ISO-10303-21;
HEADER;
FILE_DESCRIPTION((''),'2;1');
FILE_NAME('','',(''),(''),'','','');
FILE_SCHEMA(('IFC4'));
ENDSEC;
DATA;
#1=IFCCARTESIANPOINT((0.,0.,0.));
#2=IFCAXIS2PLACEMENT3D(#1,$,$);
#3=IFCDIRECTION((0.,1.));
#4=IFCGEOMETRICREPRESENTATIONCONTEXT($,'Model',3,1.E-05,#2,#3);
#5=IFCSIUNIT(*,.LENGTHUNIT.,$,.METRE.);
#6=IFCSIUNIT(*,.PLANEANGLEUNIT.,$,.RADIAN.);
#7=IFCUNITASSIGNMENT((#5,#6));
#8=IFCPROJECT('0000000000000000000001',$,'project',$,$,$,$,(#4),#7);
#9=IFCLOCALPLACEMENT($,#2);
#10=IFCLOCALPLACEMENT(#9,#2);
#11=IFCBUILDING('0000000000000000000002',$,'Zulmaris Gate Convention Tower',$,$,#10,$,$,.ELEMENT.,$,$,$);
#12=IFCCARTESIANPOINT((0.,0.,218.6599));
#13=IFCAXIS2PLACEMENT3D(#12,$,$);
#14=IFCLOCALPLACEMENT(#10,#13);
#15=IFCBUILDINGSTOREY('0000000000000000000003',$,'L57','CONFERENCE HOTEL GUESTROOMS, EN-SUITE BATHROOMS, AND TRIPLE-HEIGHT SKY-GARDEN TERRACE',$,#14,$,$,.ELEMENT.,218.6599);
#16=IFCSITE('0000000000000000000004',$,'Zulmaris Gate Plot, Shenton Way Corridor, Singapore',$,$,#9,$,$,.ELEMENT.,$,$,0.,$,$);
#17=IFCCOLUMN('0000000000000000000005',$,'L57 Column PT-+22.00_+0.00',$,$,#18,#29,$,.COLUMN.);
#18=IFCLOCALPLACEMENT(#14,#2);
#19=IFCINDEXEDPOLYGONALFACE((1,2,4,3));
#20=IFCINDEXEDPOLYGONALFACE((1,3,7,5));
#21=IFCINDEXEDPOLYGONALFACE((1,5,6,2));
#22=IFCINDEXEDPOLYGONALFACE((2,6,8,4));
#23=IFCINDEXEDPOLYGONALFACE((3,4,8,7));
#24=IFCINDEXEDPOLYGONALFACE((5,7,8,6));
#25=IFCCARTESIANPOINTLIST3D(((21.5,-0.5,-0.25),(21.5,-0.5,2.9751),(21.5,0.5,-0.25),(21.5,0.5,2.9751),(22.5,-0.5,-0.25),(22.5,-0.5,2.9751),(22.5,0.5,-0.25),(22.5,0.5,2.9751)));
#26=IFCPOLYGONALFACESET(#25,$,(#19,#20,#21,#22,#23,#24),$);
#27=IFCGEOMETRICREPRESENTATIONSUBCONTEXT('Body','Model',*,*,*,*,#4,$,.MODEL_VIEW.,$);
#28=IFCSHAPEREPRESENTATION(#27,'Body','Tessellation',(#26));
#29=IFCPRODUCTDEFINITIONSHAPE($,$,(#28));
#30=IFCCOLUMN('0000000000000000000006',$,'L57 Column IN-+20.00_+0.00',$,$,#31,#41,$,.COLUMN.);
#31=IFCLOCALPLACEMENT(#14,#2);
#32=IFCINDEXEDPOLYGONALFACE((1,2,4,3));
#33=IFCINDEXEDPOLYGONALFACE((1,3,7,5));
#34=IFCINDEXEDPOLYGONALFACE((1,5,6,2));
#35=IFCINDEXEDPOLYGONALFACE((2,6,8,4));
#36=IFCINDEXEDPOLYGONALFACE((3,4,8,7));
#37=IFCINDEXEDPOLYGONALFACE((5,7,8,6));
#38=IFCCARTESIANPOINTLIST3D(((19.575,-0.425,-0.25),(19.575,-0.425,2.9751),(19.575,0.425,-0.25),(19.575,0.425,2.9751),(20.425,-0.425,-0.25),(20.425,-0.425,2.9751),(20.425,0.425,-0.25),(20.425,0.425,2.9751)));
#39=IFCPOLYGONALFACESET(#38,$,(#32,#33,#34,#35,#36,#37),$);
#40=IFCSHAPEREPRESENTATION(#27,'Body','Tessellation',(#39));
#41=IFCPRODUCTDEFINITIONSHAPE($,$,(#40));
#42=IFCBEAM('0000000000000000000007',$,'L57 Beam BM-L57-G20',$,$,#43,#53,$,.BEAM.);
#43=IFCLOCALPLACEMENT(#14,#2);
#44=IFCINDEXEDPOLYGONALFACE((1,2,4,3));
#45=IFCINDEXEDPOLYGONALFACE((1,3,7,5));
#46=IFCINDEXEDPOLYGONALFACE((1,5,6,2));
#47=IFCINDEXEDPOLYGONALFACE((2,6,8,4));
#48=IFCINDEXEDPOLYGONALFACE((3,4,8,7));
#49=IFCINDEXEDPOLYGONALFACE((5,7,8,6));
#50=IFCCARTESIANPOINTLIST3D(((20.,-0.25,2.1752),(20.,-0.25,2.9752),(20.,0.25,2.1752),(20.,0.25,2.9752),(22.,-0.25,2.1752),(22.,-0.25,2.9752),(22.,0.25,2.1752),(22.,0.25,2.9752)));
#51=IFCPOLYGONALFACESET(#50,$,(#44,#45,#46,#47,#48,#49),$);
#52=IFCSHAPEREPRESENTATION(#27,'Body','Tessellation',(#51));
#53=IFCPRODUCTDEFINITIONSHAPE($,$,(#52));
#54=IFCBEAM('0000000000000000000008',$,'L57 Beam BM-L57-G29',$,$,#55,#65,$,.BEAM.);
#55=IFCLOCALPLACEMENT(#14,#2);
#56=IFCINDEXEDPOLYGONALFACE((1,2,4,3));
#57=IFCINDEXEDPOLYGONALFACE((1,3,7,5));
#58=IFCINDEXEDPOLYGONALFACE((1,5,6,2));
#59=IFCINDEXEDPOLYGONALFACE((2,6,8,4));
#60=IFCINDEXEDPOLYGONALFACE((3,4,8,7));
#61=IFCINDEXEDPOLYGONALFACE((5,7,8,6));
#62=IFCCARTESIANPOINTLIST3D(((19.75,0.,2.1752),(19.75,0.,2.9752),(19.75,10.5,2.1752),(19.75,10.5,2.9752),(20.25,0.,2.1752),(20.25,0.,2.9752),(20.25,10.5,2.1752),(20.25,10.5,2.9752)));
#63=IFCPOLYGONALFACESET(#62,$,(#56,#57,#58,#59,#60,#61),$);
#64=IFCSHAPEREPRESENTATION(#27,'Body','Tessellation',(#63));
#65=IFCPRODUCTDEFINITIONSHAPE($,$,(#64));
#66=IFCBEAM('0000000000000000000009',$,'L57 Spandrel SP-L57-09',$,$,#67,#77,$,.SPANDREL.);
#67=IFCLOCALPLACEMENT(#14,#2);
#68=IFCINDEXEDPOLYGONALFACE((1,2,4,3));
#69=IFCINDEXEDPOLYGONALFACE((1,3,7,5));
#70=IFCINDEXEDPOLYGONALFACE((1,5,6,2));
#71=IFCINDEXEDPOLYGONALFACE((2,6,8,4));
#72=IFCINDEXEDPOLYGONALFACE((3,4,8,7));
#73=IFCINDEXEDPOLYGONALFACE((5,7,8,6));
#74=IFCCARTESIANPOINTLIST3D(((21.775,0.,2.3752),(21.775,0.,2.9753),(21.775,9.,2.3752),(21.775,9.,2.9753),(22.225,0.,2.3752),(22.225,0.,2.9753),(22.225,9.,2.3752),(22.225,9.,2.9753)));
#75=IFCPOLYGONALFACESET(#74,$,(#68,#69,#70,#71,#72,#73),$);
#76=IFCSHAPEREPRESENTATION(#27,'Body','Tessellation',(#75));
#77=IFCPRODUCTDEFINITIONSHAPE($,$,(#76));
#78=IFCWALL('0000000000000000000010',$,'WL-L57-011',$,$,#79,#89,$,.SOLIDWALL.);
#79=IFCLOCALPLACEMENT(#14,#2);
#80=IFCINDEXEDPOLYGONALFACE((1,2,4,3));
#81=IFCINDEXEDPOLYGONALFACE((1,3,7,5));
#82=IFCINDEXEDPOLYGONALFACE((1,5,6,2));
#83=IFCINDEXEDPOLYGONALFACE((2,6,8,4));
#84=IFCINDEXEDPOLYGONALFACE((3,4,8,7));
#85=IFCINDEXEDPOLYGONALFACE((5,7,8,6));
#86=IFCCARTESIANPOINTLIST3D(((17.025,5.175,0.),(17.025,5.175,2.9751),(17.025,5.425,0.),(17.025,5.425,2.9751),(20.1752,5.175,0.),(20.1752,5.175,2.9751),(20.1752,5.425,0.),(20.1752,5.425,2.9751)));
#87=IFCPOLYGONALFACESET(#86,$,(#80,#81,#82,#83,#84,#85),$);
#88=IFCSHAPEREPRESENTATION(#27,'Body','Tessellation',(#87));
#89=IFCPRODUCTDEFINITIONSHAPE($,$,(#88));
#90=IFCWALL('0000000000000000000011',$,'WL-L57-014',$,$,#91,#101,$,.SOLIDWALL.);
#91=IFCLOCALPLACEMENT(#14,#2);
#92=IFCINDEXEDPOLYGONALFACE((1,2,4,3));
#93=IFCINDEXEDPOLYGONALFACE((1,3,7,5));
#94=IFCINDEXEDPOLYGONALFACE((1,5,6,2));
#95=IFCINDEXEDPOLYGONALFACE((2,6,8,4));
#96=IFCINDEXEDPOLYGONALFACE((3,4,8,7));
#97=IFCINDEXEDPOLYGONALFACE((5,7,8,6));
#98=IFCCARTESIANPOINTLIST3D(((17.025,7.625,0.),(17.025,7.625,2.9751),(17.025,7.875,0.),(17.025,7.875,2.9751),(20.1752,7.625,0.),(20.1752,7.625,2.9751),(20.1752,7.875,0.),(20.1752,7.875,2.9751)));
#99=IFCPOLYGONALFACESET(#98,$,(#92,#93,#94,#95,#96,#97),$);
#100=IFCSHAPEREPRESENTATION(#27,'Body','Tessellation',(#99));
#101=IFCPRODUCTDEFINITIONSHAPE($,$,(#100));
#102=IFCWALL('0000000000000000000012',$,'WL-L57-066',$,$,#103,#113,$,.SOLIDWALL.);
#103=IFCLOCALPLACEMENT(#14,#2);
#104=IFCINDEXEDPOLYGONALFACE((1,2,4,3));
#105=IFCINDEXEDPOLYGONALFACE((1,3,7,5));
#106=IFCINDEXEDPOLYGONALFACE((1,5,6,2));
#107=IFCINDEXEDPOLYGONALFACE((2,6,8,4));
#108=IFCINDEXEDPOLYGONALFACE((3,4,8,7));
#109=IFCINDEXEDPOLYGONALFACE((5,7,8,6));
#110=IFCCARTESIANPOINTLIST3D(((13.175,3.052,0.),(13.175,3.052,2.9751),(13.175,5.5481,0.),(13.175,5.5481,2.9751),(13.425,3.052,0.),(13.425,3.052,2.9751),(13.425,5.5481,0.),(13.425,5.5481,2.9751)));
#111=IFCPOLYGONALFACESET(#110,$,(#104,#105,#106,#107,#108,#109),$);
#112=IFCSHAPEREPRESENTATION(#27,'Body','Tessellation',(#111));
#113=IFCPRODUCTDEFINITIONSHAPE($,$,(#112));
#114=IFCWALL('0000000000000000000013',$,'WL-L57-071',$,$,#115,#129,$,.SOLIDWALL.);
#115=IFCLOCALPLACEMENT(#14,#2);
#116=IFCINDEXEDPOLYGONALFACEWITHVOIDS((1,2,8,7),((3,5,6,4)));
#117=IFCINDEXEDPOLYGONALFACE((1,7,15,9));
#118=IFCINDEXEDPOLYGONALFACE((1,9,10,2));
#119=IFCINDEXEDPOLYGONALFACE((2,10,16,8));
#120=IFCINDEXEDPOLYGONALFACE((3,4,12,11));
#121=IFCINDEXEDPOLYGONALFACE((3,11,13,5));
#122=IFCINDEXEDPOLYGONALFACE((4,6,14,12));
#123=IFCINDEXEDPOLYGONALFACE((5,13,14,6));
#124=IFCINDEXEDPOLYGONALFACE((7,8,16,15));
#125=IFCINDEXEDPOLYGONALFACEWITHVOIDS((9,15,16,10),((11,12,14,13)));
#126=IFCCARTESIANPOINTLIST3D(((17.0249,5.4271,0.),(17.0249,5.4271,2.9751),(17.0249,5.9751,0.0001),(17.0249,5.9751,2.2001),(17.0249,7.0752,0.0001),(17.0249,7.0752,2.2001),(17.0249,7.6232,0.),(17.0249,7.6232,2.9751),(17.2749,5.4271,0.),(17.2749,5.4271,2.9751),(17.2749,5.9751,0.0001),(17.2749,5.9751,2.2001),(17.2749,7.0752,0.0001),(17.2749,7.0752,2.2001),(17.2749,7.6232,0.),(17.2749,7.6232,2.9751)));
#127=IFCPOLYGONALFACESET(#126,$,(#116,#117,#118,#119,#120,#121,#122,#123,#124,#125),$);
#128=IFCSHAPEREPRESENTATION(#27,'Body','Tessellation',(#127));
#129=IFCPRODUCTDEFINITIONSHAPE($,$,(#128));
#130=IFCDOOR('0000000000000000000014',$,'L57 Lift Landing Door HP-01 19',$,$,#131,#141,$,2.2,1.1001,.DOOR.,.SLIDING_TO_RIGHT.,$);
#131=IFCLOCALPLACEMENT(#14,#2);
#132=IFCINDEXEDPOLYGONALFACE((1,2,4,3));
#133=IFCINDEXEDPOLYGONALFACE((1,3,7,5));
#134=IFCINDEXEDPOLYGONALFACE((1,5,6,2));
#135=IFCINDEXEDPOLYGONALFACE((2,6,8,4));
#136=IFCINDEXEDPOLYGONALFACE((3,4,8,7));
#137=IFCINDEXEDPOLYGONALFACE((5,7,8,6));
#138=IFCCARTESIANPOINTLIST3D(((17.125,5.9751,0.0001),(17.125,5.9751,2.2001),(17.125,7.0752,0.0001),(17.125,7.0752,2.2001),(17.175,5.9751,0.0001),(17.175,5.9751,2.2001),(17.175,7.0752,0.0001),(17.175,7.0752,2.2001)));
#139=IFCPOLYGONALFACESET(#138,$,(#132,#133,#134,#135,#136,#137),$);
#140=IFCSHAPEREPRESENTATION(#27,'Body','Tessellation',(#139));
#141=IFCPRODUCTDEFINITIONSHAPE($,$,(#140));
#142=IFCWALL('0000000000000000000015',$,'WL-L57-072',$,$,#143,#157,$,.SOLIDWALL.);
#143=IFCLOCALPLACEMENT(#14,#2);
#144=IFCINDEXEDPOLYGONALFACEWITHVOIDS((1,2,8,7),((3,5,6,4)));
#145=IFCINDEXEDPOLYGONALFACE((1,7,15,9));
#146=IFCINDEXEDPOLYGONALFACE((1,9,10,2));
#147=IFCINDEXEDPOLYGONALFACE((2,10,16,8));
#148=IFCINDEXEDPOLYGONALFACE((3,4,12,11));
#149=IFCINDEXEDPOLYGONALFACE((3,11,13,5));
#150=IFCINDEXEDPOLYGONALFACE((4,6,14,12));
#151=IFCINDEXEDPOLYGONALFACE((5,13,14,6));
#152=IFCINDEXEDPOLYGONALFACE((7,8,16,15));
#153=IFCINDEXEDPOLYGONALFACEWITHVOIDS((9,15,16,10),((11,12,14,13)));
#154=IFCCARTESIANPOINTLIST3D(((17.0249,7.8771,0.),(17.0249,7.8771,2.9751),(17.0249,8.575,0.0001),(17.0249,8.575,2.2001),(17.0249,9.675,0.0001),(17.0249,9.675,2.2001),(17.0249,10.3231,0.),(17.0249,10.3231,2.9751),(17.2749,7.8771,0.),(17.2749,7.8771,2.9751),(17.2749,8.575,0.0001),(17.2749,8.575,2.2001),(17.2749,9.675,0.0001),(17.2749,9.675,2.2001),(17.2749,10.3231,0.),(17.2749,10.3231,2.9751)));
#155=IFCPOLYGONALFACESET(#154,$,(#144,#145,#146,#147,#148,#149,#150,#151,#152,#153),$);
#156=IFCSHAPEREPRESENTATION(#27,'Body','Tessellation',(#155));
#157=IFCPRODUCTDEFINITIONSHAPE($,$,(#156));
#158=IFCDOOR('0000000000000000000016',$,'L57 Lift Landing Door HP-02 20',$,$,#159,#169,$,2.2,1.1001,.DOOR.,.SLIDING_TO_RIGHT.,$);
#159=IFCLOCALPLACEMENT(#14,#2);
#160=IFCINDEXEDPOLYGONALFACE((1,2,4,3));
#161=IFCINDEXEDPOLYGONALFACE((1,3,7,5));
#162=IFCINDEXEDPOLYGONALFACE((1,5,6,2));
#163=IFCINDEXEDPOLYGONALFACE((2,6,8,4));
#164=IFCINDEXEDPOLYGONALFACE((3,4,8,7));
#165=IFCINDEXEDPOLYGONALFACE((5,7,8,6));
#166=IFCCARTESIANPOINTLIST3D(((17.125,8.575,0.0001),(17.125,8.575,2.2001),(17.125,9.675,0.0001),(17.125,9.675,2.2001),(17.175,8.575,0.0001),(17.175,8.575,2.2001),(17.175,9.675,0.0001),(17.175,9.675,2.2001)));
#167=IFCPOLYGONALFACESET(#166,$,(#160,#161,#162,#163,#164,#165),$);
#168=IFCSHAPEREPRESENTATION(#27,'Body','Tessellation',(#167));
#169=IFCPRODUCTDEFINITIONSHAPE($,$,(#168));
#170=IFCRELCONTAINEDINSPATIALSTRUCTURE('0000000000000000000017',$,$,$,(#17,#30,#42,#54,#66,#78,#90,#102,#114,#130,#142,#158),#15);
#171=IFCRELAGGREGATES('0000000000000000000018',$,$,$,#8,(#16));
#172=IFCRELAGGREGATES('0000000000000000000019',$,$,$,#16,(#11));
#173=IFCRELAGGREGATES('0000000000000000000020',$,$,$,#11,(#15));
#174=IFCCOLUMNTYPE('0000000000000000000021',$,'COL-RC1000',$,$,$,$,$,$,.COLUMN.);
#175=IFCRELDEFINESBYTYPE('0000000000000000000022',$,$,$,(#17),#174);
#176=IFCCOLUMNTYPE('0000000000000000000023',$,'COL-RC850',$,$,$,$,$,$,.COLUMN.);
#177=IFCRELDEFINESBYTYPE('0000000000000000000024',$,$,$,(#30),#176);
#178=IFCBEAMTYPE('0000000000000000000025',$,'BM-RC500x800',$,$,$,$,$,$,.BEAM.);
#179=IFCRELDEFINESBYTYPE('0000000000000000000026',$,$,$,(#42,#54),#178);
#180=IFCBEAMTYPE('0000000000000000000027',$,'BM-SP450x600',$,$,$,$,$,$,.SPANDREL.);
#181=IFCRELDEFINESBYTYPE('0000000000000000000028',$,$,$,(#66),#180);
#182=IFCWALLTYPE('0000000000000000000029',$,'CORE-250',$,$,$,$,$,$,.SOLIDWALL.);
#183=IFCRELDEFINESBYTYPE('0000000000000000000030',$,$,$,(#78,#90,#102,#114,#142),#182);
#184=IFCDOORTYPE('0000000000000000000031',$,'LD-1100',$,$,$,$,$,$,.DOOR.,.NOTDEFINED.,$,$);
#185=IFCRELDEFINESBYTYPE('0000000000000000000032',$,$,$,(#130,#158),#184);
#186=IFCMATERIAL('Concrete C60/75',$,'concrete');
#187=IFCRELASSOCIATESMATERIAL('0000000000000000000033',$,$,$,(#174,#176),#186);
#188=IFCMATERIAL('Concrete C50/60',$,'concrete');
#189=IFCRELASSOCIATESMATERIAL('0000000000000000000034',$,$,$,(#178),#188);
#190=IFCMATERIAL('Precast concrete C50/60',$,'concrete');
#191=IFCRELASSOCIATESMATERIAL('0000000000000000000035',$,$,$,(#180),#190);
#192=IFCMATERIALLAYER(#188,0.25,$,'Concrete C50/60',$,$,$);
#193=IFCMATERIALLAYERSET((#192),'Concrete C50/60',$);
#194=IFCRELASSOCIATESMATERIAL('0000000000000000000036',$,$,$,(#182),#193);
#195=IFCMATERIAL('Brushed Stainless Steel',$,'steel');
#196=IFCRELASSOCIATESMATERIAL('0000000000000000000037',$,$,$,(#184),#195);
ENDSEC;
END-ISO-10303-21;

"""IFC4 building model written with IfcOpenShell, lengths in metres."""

from ifc_helpers import new_model, si_unit, direction, frame, frame_2d, origin, origin_2d, place, context, subcontext, project, spatial, rectangle, extrude, material, layer, layer_set, material_profile, profile_set, type_object, element, fill, save


model = new_model("IFC4")

# Units and contexts
model_context = context("Model", 3, precision=1e-05, world=origin(), true_north=direction((0.0, 1.0)))
body_context = subcontext(model_context, "Body", "Model", "MODEL_VIEW")
ifc_project = project(units=[si_unit("LENGTHUNIT", "METRE"), si_unit("PLANEANGLEUNIT", "RADIAN")], contexts=[model_context])

# Site, building, storey
site_placement = place(None, origin())
site = spatial("IfcSite", under=ifc_project, at=site_placement, Name="Zulmaris Gate Plot, Shenton Way Corridor, Singapore", CompositionType="ELEMENT", RefElevation=0.0)
building_placement = place(site_placement, origin())
building = spatial("IfcBuilding", under=site, at=building_placement, Name="Zulmaris Gate Convention Tower", CompositionType="ELEMENT")
storey_placement = place(building_placement, frame((0.0, 0.0, 218.6599)))
storey = spatial("IfcBuildingStorey", under=building, at=storey_placement, Name="L57", Description="CONFERENCE HOTEL GUESTROOMS, EN-SUITE BATHROOMS, AND TRIPLE-HEIGHT SKY-GARDEN TERRACE", CompositionType="ELEMENT", Elevation=218.6599)

# Columns
ifc_material_1 = material(Name="Concrete C60/75", Category="concrete")
ifc_material_profile_1 = material_profile(ifc_material_1, rectangle(XDim=1.0, YDim=1.0, at=origin_2d()), Name="RC COL 1000x1000")
ifc_profile_set_1 = profile_set([ifc_material_profile_1], Name="Concrete C60/75")
column_type_1 = type_object("IfcColumnType", Name="COL-RC1000", PredefinedType="COLUMN", material=ifc_profile_set_1)
column_1_placement = place(storey_placement, frame((22.0, 0.0, -0.25), z_axis=(0.0, 0.0, 1.0), x_axis=(1.0, 0.0, 0.0)))
element("IfcColumn", 1, at=column_1_placement, inside=storey, type_object=column_type_1, Name="L57 Column PT-+22.00_+0.00", PredefinedType="COLUMN", context=body_context, shape_type="SweptSolid", body=[
    extrude(rectangle(XDim=1.0, YDim=1.0, at=origin_2d()), origin(), (0.0, 0.0, 1.0), 3.2251),
])
ifc_material_profile_2 = material_profile(ifc_material_1, rectangle(XDim=0.8501, YDim=0.8501, at=origin_2d()), Name="RC COL 850x850")
ifc_profile_set_2 = profile_set([ifc_material_profile_2], Name="Concrete C60/75")
column_type_2 = type_object("IfcColumnType", Name="COL-RC850", PredefinedType="COLUMN", material=ifc_profile_set_2)
column_2_placement = place(storey_placement, frame((20.0, 0.0, -0.25), z_axis=(0.0, 0.0, 1.0), x_axis=(1.0, 0.0, 0.0)))
element("IfcColumn", 2, at=column_2_placement, inside=storey, type_object=column_type_2, Name="L57 Column IN-+20.00_+0.00", PredefinedType="COLUMN", context=body_context, shape_type="SweptSolid", body=[
    extrude(rectangle(XDim=0.8501, YDim=0.8501, at=origin_2d()), origin(), (0.0, 0.0, 1.0), 3.2251),
])

# Beams
ifc_material_2 = material(Name="Concrete C50/60", Category="concrete")
ifc_material_profile_3 = material_profile(ifc_material_2, rectangle(XDim=0.5, YDim=0.8, at=origin_2d()), Name="RC BEAM 500x800")
ifc_profile_set_3 = profile_set([ifc_material_profile_3], Name="Concrete C50/60")
beam_type_1 = type_object("IfcBeamType", Name="BM-RC500x800", PredefinedType="BEAM", material=ifc_profile_set_3)
beam_1_placement = place(storey_placement, frame((20.0, 0.0, 2.5752), z_axis=(1.0, 0.0, 0.0), x_axis=(0.0, 1.0, 0.0)))
element("IfcBeam", 3, at=beam_1_placement, inside=storey, type_object=beam_type_1, Name="L57 Beam BM-L57-G20", PredefinedType="BEAM", context=body_context, shape_type="SweptSolid", body=[
    extrude(rectangle(XDim=0.5, YDim=0.8, at=origin_2d()), origin(), (0.0, 0.0, 1.0), 2.0),
])
beam_2_placement = place(storey_placement, frame((20.0, 0.0, 2.5752), z_axis=(0.0, 1.0, 0.0), x_axis=(-1.0, 0.0, 0.0)))
element("IfcBeam", 4, at=beam_2_placement, inside=storey, type_object=beam_type_1, Name="L57 Beam BM-L57-G29", PredefinedType="BEAM", context=body_context, shape_type="SweptSolid", body=[
    extrude(rectangle(XDim=0.5, YDim=0.8, at=origin_2d()), origin(), (0.0, 0.0, 1.0), 10.5),
])
ifc_material_3 = material(Name="Precast concrete C50/60", Category="concrete")
ifc_material_profile_4 = material_profile(ifc_material_3, rectangle(XDim=0.45, YDim=0.6001, at=origin_2d()), Name="RC SPANDREL 450x600")
ifc_profile_set_4 = profile_set([ifc_material_profile_4], Name="Precast concrete C50/60")
beam_type_2 = type_object("IfcBeamType", Name="BM-SP450x600", PredefinedType="SPANDREL", material=ifc_profile_set_4)
beam_3_placement = place(storey_placement, frame((22.0, 0.0, 2.6753), z_axis=(0.0, 1.0, 0.0), x_axis=(-1.0, 0.0, 0.0)))
element("IfcBeam", 5, at=beam_3_placement, inside=storey, type_object=beam_type_2, Name="L57 Spandrel SP-L57-09", PredefinedType="SPANDREL", context=body_context, shape_type="SweptSolid", body=[
    extrude(rectangle(XDim=0.45, YDim=0.6001, at=origin_2d()), origin(), (0.0, 0.0, 1.0), 9.0),
])

# Walls
ifc_layer_1 = layer(ifc_material_2, 0.25, Name="Concrete C50/60")
ifc_layer_set_1 = layer_set([ifc_layer_1], Name="Concrete C50/60")
wall_type_1 = type_object("IfcWallType", Name="CORE-250", PredefinedType="SOLIDWALL", material=ifc_layer_set_1)
for number, where, z_axis, x_axis, name in (
    (6, (17.0249, 5.3, 0.0), (0.0, 0.0, 1.0), (1.0, 0.0, 0.0), "WL-L57-011"),
    (7, (17.0249, 7.75, 0.0), (0.0, 0.0, 1.0), (1.0, 0.0, 0.0), "WL-L57-014"),
):
    element("IfcWall", number, at=place(storey_placement, frame(where, z_axis=z_axis, x_axis=x_axis)), inside=storey, type_object=wall_type_1, Name=name, PredefinedType="SOLIDWALL", context=body_context, shape_type="SweptSolid", body=[
        extrude(rectangle(XDim=3.1501, YDim=0.25, at=frame_2d((1.5752, 0.0))), origin(), (0.0, 0.0, 1.0), 2.9751),
    ])
wall_1_placement = place(storey_placement, frame((13.3, 3.052, 0.0), z_axis=(0.0, 0.0, 1.0), x_axis=(0.0, 1.0, 0.0)))
element("IfcWall", 8, at=wall_1_placement, inside=storey, type_object=wall_type_1, Name="WL-L57-066", PredefinedType="SOLIDWALL", context=body_context, shape_type="SweptSolid", body=[
    extrude(rectangle(XDim=2.4961, YDim=0.25, at=frame_2d((1.248, 0.0))), origin(), (0.0, 0.0, 1.0), 2.9751),
])

# Walls, openings, doors
wall_2_placement = place(storey_placement, frame((17.1499, 5.427, 0.0), z_axis=(0.0, 0.0, 1.0), x_axis=(0.0, 1.0, 0.0)))
wall_2 = element("IfcWall", 9, at=wall_2_placement, inside=storey, type_object=wall_type_1, Name="WL-L57-071", PredefinedType="SOLIDWALL", context=body_context, shape_type="SweptSolid", body=[
    extrude(rectangle(XDim=2.196, YDim=0.25, at=frame_2d((1.0981, 0.0))), origin(), (0.0, 0.0, 1.0), 2.9751),
])
opening_1_placement = place(wall_2_placement, frame((0.5481, 0.0, 0.0)))
opening_1 = element("IfcOpeningElement", 10, at=opening_1_placement, cuts=wall_2, PredefinedType="OPENING", context=body_context, shape_type="SweptSolid", body=[
    extrude(rectangle(XDim=1.1001, YDim=2.2, at=frame_2d((0.55, 1.1001))), frame((0.0, 0.135, 0.0), z_axis=(0.0, -1.0, 0.0), x_axis=(1.0, 0.0, 0.0)), (0.0, 0.0, 1.0), 0.27),
])
ifc_material_4 = material(Name="Brushed Stainless Steel", Category="steel")
door_type_1 = type_object("IfcDoorType", Name="LD-1100", OperationType="NOTDEFINED", PredefinedType="DOOR", material=ifc_material_4)
door_1_placement = place(opening_1_placement, origin())
door_1 = element("IfcDoor", 11, at=door_1_placement, inside=storey, type_object=door_type_1, Name="L57 Lift Landing Door HP-01 19", OperationType="SLIDING_TO_RIGHT", OverallHeight=2.2, OverallWidth=1.1001, PredefinedType="DOOR", context=body_context, shape_type="SweptSolid", body=[
    extrude(rectangle(XDim=1.1001, YDim=2.2, at=frame_2d((0.55, 1.1001))), frame((0.0, 0.0249, 0.0), z_axis=(0.0, -1.0, 0.0), x_axis=(1.0, 0.0, 0.0)), (0.0, 0.0, 1.0), 0.05),
])
fill(opening_1, door_1)
wall_3_placement = place(storey_placement, frame((17.1499, 7.877, 0.0), z_axis=(0.0, 0.0, 1.0), x_axis=(0.0, 1.0, 0.0)))
wall_3 = element("IfcWall", 12, at=wall_3_placement, inside=storey, type_object=wall_type_1, Name="WL-L57-072", PredefinedType="SOLIDWALL", context=body_context, shape_type="SweptSolid", body=[
    extrude(rectangle(XDim=2.446, YDim=0.25, at=frame_2d((1.2231, 0.0))), origin(), (0.0, 0.0, 1.0), 2.9751),
])
opening_2_placement = place(wall_3_placement, frame((0.698, 0.0, 0.0)))
opening_2 = element("IfcOpeningElement", 13, at=opening_2_placement, cuts=wall_3, PredefinedType="OPENING", context=body_context, shape_type="SweptSolid", body=[
    extrude(rectangle(XDim=1.1001, YDim=2.2, at=frame_2d((0.55, 1.1001))), frame((0.0, 0.135, 0.0), z_axis=(0.0, -1.0, 0.0), x_axis=(1.0, 0.0, 0.0)), (0.0, 0.0, 1.0), 0.27),
])
door_2_placement = place(opening_2_placement, origin())
door_2 = element("IfcDoor", 14, at=door_2_placement, inside=storey, type_object=door_type_1, Name="L57 Lift Landing Door HP-02 20", OperationType="SLIDING_TO_RIGHT", OverallHeight=2.2, OverallWidth=1.1001, PredefinedType="DOOR", context=body_context, shape_type="SweptSolid", body=[
    extrude(rectangle(XDim=1.1001, YDim=2.2, at=frame_2d((0.55, 1.1001))), frame((0.0, 0.0249, 0.0), z_axis=(0.0, -1.0, 0.0), x_axis=(1.0, 0.0, 0.0)), (0.0, 0.0, 1.0), 0.05),
])
fill(opening_2, door_2)

save(model, "model.ifc")
